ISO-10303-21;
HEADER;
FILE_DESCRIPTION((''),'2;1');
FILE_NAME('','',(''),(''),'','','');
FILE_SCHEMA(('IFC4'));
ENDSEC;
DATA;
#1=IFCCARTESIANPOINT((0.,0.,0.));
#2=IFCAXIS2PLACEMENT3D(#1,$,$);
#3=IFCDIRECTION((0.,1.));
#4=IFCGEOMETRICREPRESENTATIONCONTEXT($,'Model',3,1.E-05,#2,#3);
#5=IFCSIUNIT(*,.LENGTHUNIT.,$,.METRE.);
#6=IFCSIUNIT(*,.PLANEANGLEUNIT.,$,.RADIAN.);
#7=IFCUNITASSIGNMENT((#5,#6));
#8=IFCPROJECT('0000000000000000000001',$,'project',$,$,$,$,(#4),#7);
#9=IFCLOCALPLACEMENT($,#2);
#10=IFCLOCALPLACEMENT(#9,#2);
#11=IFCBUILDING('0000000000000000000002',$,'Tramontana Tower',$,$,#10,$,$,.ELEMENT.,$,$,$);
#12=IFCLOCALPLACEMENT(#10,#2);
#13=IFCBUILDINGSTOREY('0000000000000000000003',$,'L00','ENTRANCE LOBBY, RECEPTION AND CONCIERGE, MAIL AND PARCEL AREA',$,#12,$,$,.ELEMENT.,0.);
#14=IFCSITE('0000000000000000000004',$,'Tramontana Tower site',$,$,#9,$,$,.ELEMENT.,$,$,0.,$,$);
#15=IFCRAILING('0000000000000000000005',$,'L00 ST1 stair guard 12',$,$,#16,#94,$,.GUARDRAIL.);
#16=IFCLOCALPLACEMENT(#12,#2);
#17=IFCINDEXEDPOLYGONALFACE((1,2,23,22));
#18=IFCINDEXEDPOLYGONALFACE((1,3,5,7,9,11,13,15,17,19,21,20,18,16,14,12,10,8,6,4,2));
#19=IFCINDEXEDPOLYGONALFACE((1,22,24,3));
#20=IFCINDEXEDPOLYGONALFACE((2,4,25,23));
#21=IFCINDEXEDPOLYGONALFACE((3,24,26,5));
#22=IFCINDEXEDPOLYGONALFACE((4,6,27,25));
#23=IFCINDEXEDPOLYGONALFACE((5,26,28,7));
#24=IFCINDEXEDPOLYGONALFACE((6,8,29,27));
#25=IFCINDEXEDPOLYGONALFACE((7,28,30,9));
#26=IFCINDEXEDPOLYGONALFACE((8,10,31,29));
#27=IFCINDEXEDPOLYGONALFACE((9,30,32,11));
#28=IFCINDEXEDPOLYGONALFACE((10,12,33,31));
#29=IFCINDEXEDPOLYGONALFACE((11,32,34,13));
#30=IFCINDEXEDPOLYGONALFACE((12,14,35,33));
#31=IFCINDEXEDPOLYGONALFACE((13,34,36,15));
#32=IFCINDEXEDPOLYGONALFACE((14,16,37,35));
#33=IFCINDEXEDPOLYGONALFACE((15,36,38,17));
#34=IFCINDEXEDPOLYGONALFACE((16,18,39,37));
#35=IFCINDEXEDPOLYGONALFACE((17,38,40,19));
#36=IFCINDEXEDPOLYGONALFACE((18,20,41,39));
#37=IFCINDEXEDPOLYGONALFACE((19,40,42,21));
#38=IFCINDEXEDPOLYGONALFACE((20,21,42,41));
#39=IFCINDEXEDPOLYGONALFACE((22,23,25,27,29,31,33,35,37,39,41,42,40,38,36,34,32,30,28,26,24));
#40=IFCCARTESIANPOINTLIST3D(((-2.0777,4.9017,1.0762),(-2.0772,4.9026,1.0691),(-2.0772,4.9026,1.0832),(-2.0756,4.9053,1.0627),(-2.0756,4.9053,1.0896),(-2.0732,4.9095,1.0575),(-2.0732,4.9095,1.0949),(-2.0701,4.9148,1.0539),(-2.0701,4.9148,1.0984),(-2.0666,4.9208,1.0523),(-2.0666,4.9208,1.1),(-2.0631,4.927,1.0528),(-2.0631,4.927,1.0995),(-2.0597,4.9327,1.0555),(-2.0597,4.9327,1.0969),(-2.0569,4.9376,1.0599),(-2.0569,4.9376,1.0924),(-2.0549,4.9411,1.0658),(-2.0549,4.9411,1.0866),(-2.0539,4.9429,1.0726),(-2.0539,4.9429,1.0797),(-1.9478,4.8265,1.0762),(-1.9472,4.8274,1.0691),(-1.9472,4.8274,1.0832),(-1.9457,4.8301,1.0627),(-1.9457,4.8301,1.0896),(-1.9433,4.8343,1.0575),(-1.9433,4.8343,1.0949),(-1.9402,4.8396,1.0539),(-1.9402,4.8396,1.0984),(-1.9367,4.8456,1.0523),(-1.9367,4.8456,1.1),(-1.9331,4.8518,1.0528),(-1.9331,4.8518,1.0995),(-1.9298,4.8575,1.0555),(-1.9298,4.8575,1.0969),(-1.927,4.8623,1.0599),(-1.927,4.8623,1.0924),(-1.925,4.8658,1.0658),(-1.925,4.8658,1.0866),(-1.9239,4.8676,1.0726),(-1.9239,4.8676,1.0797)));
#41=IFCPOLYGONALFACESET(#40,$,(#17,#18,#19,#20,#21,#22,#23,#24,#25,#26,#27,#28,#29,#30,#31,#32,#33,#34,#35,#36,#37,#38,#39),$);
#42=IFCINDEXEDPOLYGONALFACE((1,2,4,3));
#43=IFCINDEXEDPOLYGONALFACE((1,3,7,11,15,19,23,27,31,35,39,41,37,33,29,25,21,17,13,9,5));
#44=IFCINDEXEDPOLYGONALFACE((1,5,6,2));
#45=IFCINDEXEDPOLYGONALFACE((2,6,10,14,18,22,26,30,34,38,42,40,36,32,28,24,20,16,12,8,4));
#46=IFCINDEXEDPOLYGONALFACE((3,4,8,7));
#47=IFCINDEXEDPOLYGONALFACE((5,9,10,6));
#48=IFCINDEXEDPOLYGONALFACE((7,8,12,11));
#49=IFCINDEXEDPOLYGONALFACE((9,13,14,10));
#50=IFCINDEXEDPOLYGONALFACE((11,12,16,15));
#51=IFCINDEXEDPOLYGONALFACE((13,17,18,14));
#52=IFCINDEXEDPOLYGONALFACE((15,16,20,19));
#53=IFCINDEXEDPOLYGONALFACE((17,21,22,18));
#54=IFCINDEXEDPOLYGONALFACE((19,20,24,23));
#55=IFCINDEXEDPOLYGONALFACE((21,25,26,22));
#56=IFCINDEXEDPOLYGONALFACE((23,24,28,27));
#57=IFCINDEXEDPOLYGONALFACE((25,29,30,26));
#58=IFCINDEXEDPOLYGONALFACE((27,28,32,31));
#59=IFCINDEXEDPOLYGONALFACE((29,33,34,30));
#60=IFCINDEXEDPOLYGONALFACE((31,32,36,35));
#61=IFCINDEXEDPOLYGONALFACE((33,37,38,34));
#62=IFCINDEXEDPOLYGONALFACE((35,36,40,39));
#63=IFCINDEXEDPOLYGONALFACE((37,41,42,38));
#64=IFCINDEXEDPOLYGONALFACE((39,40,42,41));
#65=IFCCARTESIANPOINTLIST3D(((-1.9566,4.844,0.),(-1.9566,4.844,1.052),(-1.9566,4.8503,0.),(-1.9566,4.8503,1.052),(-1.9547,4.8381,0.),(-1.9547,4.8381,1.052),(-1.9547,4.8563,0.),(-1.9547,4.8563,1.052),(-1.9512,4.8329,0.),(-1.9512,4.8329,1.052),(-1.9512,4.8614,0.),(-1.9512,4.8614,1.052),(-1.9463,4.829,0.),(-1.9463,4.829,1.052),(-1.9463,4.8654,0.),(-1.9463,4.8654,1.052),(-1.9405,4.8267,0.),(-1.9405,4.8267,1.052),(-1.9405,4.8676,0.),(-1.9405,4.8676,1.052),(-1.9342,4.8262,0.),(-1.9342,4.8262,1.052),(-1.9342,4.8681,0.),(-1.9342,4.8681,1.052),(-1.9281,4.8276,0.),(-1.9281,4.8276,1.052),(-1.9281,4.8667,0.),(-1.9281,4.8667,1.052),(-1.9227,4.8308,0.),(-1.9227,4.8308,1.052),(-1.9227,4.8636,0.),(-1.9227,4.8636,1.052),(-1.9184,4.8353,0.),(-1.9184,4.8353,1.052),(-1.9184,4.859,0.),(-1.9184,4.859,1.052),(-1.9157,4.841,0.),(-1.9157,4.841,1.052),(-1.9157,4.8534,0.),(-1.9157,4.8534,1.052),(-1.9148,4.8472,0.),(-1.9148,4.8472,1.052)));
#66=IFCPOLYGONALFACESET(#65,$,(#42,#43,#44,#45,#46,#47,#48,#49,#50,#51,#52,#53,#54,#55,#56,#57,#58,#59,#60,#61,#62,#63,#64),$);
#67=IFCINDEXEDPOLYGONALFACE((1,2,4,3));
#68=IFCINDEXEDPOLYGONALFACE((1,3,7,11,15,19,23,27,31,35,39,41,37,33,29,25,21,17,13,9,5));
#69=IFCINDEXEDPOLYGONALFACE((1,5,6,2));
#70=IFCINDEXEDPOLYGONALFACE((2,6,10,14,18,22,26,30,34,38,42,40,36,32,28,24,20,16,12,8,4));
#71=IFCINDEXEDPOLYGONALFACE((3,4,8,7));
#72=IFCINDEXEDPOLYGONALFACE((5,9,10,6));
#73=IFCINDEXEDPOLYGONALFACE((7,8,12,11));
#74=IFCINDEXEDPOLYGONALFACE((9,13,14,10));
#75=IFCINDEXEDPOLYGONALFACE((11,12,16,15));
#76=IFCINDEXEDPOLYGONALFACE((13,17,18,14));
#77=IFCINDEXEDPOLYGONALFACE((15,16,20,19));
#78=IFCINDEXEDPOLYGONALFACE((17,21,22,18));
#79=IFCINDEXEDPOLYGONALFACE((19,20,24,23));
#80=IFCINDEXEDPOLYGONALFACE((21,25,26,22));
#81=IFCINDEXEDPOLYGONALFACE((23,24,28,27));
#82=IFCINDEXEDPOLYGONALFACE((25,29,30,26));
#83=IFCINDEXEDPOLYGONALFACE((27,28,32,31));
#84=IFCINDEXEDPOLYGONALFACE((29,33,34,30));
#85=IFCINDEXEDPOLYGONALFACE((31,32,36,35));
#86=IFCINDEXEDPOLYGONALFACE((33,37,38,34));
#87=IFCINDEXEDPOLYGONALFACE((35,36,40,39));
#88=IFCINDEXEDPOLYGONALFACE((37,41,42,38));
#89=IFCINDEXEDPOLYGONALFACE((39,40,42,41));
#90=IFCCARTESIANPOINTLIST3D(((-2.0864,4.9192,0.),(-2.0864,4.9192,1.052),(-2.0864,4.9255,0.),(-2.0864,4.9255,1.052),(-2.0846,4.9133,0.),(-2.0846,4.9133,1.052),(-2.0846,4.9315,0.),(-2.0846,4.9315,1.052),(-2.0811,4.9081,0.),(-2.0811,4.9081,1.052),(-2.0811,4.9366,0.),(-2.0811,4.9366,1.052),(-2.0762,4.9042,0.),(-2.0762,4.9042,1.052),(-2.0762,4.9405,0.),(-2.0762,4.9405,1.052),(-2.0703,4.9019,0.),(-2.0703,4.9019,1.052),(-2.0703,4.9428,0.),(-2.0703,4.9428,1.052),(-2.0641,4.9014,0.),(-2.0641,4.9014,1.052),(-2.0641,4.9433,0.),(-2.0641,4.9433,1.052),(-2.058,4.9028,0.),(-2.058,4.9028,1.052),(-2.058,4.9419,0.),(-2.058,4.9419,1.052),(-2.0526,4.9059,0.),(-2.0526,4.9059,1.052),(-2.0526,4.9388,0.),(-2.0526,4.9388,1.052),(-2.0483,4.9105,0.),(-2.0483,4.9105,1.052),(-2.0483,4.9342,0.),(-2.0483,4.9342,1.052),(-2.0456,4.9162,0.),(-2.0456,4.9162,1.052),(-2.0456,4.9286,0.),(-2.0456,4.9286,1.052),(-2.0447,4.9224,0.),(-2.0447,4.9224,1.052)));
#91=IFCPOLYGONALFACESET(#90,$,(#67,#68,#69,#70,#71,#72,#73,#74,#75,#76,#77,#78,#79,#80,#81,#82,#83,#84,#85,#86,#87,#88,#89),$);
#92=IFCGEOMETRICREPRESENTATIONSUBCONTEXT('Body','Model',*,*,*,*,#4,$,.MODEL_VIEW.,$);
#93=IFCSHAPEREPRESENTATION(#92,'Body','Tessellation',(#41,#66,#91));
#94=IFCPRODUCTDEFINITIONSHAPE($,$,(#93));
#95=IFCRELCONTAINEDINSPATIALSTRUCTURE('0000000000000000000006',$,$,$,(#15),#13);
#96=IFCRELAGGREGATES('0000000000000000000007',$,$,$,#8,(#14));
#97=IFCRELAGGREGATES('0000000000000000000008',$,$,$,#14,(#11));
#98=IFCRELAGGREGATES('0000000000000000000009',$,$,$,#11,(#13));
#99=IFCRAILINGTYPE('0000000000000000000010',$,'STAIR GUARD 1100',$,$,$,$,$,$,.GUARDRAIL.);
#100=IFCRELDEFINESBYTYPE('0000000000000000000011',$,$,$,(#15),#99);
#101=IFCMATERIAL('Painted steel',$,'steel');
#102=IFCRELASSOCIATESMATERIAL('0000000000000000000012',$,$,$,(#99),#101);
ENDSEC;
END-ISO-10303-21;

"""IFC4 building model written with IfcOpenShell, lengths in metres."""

from ifc_helpers import new_model, si_unit, direction, frame, origin, origin_2d, place, context, subcontext, project, spatial, circle, extrude, material, type_object, element, save


model = new_model("IFC4")

# Units and contexts
model_context = context("Model", 3, precision=1e-05, world=origin(), true_north=direction((0.0, 1.0)))
body_context = subcontext(model_context, "Body", "Model", "MODEL_VIEW")
ifc_project = project(units=[si_unit("LENGTHUNIT", "METRE"), si_unit("PLANEANGLEUNIT", "RADIAN")], contexts=[model_context])

# Site, building, storey
site_placement = place(None, origin())
site = spatial("IfcSite", under=ifc_project, at=site_placement, Name="Tramontana Tower site", CompositionType="ELEMENT", RefElevation=0.0)
building_placement = place(site_placement, origin())
building = spatial("IfcBuilding", under=site, at=building_placement, Name="Tramontana Tower", CompositionType="ELEMENT")
storey_placement = place(building_placement, origin())
storey = spatial("IfcBuildingStorey", under=building, at=storey_placement, Name="L00", Description="ENTRANCE LOBBY, RECEPTION AND CONCIERGE, MAIL AND PARCEL AREA", CompositionType="ELEMENT", Elevation=0.0)

# Railing
ifc_material_1 = material(Name="Painted steel", Category="steel")
railing_type_1 = type_object("IfcRailingType", Name="STAIR GUARD 1100", PredefinedType="GUARDRAIL", material=ifc_material_1)
for number, where, name in (
    (1, (-1.9358, 4.8472, 0.0), "L00 ST1 stair guard 12"),
):
    element("IfcRailing", number, at=place(storey_placement, frame(where)), inside=storey, type_object=railing_type_1, Name=name, PredefinedType="GUARDRAIL", context=body_context, shape_type="SweptSolid", body=[
        extrude(circle(Radius=0.0239, at=origin_2d()), frame((0.0, 0.0, 1.0762), z_axis=(-0.865426, 0.501036, 0.0), x_axis=(-0.501036, -0.865426, 0.0)), (0.0, 0.0, 1.0), 0.1501),
        extrude(circle(Radius=0.021, at=origin_2d()), origin(), (0.0, 0.0, 1.0), 1.052),
        extrude(circle(Radius=0.021, at=origin_2d()), frame((-0.1299, 0.0752, 0.0)), (0.0, 0.0, 1.0), 1.052),
    ])

save(model, "model.ifc")
